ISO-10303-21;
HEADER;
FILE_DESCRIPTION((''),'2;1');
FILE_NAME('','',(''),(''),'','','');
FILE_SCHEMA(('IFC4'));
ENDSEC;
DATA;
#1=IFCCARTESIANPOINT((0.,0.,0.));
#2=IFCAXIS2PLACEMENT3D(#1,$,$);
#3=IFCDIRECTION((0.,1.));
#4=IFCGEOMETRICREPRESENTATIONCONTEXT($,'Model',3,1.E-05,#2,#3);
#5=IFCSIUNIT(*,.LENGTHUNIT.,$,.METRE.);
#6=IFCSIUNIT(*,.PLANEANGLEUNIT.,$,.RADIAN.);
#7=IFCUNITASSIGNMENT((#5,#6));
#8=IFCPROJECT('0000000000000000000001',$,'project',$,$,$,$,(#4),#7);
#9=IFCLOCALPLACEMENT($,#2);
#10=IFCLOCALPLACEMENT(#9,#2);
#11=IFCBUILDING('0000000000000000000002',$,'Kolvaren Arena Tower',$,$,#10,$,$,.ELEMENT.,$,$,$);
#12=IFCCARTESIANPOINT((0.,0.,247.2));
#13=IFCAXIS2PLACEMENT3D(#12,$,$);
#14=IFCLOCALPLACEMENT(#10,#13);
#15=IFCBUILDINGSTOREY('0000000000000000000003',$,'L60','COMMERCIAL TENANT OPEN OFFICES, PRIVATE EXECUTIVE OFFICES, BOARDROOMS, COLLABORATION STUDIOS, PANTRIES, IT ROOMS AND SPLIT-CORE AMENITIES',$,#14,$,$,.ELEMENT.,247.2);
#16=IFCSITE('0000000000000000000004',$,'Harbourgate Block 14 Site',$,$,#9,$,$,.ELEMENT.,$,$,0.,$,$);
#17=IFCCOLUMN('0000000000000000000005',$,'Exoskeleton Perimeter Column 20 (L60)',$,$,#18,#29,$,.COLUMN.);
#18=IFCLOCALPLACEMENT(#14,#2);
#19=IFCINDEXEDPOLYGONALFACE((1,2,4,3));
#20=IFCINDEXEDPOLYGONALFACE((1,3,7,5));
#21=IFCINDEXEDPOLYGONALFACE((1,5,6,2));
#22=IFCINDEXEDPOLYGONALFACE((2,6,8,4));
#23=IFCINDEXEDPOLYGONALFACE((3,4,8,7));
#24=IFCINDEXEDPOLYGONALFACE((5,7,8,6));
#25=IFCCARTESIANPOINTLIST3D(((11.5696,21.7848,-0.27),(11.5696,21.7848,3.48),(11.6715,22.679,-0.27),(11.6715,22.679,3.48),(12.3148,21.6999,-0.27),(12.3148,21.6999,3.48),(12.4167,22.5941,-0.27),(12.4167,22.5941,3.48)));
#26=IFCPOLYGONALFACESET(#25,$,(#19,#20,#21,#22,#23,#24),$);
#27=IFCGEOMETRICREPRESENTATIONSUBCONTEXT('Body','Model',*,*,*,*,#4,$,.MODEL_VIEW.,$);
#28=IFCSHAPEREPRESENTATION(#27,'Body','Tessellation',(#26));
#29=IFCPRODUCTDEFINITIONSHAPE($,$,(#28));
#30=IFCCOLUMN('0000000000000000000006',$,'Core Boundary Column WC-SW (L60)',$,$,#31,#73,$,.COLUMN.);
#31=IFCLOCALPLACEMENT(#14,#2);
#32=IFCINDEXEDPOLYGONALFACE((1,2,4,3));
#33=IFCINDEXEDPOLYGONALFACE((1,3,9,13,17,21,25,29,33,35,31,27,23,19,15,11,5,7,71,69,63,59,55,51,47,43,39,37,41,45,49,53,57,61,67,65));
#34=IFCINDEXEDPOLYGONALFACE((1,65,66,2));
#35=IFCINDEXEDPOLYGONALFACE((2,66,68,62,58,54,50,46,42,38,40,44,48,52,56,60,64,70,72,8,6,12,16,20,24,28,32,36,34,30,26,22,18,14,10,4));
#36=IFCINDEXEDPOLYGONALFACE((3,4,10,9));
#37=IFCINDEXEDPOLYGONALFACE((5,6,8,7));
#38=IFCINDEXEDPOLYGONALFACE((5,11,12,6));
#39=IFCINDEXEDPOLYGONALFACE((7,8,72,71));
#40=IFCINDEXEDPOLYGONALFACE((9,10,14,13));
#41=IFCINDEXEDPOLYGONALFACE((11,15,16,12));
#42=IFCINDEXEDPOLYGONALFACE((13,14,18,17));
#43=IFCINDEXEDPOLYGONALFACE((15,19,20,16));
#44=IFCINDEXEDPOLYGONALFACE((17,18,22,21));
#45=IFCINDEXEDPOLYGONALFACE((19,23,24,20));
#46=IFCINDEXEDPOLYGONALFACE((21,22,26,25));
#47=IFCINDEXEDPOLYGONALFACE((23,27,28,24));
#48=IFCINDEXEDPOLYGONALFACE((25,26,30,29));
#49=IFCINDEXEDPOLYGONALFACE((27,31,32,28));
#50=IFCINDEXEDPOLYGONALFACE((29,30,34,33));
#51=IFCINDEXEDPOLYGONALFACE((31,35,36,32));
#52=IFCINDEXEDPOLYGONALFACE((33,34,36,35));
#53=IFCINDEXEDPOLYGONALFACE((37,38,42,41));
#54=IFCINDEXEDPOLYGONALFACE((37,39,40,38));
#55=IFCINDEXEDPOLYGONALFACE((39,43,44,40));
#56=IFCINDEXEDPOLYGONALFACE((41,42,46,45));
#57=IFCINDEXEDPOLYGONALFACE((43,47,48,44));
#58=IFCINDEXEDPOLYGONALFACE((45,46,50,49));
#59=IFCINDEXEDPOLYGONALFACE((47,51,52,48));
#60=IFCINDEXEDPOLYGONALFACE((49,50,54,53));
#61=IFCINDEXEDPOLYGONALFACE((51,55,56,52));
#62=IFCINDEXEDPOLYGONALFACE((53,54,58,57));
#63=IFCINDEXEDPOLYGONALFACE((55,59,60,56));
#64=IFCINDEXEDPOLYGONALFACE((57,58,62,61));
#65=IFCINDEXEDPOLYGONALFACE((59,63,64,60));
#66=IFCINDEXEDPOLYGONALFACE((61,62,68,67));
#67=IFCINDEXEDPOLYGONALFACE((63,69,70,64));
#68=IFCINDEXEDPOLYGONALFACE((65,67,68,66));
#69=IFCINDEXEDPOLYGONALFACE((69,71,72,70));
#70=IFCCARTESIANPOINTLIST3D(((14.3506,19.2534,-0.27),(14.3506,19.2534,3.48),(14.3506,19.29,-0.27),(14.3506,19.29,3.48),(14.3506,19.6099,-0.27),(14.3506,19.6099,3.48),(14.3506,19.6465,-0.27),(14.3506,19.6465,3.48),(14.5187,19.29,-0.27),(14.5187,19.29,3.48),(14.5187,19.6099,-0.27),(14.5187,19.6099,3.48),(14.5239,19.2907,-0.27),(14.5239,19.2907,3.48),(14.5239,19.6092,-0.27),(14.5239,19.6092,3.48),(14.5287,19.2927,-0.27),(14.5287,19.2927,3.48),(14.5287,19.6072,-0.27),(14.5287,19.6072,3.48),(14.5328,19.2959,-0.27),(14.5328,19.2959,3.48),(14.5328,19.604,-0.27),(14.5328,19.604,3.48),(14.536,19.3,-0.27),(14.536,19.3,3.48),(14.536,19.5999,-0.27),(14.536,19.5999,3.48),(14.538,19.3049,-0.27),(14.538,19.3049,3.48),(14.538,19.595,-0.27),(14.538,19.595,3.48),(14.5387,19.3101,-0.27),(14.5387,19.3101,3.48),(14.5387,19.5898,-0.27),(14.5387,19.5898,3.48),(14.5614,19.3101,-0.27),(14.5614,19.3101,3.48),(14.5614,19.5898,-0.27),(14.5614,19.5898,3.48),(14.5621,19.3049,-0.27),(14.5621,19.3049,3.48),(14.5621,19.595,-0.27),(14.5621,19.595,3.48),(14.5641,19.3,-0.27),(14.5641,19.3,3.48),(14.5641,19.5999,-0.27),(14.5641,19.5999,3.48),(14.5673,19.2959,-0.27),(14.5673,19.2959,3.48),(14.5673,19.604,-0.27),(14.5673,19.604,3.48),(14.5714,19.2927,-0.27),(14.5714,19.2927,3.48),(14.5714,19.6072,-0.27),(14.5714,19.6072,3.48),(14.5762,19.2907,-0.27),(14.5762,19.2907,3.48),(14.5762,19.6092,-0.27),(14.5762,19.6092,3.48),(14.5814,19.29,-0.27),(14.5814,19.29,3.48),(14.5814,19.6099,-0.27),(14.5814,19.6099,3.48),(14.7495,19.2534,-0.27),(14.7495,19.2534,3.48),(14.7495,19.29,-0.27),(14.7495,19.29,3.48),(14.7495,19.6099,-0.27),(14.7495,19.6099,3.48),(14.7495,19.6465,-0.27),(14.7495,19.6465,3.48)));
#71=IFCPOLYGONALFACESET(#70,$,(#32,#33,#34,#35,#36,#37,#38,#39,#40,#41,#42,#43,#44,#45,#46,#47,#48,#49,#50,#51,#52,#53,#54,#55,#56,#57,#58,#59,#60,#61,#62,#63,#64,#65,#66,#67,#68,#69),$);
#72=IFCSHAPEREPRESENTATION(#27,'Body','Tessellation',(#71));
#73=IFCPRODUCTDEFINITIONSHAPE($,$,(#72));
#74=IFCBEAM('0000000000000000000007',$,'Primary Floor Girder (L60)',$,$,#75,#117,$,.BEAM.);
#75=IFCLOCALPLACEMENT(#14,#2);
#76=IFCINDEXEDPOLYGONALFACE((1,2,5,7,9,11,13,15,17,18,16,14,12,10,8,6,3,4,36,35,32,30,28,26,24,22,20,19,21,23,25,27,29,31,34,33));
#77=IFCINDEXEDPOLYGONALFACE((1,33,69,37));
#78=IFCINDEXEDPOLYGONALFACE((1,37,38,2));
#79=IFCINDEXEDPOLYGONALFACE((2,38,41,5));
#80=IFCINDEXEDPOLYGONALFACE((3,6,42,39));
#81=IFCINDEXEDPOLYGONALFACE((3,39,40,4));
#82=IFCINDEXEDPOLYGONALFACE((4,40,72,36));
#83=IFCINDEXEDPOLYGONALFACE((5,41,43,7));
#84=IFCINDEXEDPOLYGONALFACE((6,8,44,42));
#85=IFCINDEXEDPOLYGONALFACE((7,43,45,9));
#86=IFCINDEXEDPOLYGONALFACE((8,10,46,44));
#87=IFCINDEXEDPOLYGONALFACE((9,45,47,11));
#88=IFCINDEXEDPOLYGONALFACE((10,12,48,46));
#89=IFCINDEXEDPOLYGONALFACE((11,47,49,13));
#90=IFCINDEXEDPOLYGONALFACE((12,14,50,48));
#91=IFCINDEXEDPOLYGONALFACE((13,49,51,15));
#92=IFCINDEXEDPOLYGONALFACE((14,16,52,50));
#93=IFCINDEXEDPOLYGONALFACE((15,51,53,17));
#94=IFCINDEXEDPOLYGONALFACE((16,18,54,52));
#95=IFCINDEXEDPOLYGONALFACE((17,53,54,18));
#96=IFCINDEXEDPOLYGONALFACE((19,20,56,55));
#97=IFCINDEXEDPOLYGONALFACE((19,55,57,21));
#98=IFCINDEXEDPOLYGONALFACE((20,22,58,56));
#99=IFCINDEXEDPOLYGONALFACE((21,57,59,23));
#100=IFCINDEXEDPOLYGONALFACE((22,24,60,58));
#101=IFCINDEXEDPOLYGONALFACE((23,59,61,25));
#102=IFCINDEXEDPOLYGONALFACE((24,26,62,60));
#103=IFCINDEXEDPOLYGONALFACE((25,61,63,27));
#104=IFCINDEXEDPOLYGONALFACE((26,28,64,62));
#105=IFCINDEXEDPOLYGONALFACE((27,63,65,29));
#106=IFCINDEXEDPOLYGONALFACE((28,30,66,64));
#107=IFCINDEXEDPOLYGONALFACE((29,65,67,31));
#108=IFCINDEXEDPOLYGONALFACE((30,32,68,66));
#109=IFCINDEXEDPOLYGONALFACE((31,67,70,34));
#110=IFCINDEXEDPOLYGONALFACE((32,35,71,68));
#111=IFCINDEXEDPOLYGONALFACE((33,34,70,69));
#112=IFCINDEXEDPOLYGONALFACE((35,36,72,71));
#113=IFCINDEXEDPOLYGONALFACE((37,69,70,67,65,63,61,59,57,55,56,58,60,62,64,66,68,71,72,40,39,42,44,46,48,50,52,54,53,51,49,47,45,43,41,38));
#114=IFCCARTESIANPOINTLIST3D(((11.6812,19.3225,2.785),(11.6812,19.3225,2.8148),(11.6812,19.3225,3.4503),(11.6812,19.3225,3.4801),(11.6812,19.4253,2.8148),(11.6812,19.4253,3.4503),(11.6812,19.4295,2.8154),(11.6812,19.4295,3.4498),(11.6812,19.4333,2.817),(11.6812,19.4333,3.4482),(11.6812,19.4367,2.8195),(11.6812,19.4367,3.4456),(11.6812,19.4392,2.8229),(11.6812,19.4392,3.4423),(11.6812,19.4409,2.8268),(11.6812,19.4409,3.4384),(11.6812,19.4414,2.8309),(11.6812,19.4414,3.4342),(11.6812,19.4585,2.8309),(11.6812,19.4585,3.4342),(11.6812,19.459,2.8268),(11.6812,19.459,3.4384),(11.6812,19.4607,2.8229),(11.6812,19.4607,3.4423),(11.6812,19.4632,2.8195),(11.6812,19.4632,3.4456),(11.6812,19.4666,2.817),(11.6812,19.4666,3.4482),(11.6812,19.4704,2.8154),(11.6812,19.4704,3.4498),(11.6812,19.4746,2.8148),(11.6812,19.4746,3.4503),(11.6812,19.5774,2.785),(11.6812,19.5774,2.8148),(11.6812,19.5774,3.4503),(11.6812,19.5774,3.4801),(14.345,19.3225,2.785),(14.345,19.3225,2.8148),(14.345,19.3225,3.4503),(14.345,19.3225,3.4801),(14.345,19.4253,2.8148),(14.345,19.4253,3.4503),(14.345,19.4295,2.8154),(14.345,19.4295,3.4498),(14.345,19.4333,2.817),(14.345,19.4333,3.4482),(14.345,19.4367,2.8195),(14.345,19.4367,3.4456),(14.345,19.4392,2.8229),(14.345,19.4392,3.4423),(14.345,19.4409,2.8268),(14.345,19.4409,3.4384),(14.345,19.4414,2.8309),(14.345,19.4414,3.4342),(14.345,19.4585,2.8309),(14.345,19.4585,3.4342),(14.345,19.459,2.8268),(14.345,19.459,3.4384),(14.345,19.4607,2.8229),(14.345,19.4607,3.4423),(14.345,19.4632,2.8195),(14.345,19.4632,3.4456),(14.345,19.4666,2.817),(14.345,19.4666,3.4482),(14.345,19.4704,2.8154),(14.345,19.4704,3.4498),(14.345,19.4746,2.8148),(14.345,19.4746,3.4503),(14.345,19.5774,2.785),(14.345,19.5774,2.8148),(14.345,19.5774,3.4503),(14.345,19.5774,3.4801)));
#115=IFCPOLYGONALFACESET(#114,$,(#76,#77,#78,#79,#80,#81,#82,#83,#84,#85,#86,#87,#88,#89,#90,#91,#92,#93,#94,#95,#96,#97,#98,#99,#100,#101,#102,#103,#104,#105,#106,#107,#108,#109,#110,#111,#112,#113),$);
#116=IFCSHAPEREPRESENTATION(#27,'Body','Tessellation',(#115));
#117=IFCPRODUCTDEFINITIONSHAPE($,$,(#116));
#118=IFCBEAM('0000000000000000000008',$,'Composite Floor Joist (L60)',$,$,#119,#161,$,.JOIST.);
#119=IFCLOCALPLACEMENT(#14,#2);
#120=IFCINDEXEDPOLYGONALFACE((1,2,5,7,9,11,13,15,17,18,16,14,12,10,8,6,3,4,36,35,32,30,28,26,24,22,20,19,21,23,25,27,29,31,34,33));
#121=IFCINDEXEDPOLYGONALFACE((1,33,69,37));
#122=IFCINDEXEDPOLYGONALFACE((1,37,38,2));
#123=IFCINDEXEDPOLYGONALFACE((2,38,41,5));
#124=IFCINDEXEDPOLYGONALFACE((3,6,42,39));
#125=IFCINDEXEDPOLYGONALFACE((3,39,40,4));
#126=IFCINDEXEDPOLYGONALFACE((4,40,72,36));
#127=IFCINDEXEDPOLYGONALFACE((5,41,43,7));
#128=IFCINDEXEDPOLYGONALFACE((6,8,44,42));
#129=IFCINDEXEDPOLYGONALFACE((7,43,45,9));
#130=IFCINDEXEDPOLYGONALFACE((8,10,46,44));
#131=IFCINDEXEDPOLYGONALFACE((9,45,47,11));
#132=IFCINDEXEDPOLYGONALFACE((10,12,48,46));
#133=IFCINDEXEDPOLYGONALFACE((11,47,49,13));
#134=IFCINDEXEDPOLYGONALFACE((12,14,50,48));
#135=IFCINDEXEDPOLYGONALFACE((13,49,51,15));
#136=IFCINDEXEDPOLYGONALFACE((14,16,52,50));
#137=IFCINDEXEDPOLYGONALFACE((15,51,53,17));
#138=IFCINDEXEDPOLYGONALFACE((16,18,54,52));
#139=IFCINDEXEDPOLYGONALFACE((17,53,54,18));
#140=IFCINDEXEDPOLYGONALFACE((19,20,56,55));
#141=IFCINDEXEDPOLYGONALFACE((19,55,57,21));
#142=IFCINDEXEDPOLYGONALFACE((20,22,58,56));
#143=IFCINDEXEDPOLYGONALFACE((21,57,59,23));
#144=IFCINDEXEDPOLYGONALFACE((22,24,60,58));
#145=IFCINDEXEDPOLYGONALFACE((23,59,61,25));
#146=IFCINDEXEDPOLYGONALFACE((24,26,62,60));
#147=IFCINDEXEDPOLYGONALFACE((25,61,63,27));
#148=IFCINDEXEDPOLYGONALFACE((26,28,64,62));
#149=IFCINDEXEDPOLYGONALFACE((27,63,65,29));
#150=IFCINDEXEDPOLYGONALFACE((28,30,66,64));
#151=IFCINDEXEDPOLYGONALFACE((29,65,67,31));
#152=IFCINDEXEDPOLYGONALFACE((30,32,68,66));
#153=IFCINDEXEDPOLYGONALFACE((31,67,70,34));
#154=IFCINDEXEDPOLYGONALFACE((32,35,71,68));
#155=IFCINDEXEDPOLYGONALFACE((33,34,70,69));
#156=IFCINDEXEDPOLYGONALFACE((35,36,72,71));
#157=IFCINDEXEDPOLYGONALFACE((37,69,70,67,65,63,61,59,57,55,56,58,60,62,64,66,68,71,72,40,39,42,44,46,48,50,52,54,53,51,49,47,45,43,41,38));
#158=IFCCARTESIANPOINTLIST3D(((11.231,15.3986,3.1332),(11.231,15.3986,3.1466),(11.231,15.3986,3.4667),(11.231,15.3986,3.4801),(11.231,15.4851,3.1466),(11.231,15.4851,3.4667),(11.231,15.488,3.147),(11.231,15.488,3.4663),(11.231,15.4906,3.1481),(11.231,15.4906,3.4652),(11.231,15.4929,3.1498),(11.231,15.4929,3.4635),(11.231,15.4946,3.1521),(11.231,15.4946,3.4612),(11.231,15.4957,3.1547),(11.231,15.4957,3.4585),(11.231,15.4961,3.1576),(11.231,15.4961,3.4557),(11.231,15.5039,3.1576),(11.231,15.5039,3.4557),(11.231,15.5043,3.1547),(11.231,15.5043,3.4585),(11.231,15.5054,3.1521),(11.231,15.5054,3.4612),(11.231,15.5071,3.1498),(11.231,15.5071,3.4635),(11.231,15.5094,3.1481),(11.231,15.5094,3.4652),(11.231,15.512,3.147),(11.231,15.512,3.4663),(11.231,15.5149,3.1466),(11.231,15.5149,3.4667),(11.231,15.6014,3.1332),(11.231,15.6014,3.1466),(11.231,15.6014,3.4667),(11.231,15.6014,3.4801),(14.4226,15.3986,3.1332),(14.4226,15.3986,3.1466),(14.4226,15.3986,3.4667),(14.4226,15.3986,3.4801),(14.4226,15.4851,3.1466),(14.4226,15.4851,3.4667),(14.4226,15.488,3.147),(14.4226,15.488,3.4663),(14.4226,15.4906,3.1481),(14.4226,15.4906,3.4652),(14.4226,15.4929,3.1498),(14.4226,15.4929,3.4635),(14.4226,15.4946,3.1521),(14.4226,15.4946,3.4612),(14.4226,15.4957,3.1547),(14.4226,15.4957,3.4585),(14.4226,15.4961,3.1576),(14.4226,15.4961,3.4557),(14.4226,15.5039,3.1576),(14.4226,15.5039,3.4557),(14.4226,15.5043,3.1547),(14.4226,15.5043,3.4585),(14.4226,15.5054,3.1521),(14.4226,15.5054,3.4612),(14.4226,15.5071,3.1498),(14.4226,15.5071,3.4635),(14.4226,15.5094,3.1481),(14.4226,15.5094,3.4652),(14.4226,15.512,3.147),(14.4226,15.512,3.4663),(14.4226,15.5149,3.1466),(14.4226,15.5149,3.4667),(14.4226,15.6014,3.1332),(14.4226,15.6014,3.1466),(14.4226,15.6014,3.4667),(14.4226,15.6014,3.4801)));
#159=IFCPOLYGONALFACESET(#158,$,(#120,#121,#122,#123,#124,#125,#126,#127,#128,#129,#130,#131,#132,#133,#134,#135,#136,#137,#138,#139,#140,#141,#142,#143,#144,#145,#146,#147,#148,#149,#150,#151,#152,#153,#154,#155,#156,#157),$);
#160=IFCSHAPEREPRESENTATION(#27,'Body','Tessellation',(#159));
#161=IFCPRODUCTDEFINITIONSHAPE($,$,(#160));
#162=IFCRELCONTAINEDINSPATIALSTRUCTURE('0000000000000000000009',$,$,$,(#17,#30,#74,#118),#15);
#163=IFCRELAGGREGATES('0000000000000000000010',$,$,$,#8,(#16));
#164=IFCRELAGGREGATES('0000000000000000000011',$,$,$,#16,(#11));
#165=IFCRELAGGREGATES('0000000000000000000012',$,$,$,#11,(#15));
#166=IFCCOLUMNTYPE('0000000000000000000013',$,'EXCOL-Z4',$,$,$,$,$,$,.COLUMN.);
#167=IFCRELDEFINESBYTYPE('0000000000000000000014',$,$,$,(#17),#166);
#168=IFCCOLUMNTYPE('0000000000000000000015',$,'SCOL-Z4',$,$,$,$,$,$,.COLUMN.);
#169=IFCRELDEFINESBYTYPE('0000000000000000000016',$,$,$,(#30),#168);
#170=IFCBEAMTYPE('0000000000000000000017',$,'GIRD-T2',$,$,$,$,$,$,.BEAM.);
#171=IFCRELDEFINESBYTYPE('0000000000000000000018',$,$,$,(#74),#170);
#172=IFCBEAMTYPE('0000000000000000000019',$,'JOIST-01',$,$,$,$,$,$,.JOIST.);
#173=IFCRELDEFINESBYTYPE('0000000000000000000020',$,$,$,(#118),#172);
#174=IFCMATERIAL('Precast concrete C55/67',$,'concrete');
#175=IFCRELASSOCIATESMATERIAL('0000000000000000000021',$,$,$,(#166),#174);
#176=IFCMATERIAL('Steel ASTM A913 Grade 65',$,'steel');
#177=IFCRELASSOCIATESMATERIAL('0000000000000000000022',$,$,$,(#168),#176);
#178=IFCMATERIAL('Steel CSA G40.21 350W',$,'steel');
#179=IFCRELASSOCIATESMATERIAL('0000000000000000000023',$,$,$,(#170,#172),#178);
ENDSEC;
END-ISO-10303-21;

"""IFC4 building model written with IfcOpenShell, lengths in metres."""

from ifc_helpers import new_model, si_unit, direction, frame, origin, origin_2d, place, context, subcontext, project, spatial, rectangle, i_section, extrude, material, material_profile, profile_set, type_object, element, save


model = new_model("IFC4")

# Units and contexts
model_context = context("Model", 3, precision=1e-05, world=origin(), true_north=direction((0.0, 1.0)))
body_context = subcontext(model_context, "Body", "Model", "MODEL_VIEW")
ifc_project = project(units=[si_unit("LENGTHUNIT", "METRE"), si_unit("PLANEANGLEUNIT", "RADIAN")], contexts=[model_context])

# Site, building, storey
site_placement = place(None, origin())
site = spatial("IfcSite", under=ifc_project, at=site_placement, Name="Harbourgate Block 14 Site", CompositionType="ELEMENT", RefElevation=0.0)
building_placement = place(site_placement, origin())
building = spatial("IfcBuilding", under=site, at=building_placement, Name="Kolvaren Arena Tower", CompositionType="ELEMENT")
storey_placement = place(building_placement, frame((0.0, 0.0, 247.2)))
storey = spatial("IfcBuildingStorey", under=building, at=storey_placement, Name="L60", Description="COMMERCIAL TENANT OPEN OFFICES, PRIVATE EXECUTIVE OFFICES, BOARDROOMS, COLLABORATION STUDIOS, PANTRIES, IT ROOMS AND SPLIT-CORE AMENITIES", CompositionType="ELEMENT", Elevation=247.2)

# Columns
ifc_material_1 = material(Name="Precast concrete C55/67", Category="concrete")
ifc_material_profile_1 = material_profile(ifc_material_1, rectangle(XDim=0.8999, YDim=0.75, at=origin_2d()), Name="RC-900x750")
ifc_profile_set_1 = profile_set([ifc_material_profile_1], Name="Precast concrete C55/67")
column_type_1 = type_object("IfcColumnType", Name="EXCOL-Z4", PredefinedType="COLUMN", material=ifc_profile_set_1)
column_1_placement = place(storey_placement, frame((11.9932, 22.1895, -0.27), z_axis=(0.0, 0.0, 1.0), x_axis=(0.113203, 0.993572, 0.0)))
element("IfcColumn", 1, at=column_1_placement, inside=storey, type_object=column_type_1, Name="Exoskeleton Perimeter Column 20 (L60)", PredefinedType="COLUMN", context=body_context, shape_type="SweptSolid", body=[
    extrude(rectangle(XDim=0.8999, YDim=0.75, at=origin_2d()), origin(), (0.0, 0.0, 1.0), 3.75),
])
ifc_material_2 = material(Name="Steel ASTM A913 Grade 65", Category="steel")
ifc_material_profile_2 = material_profile(ifc_material_2, i_section(OverallWidth=0.3989, OverallDepth=0.3931, WebThickness=0.0227, FlangeThickness=0.0366, FilletRadius=0.02, at=origin_2d()), Name="W360x287")
ifc_profile_set_2 = profile_set([ifc_material_profile_2], Name="Steel ASTM A913 Grade 65")
column_type_2 = type_object("IfcColumnType", Name="SCOL-Z4", PredefinedType="COLUMN", material=ifc_profile_set_2)
column_2_placement = place(storey_placement, frame((14.55, 19.45, -0.27), z_axis=(0.0, 0.0, 1.0), x_axis=(1.0, 0.0, 0.0)))
element("IfcColumn", 2, at=column_2_placement, inside=storey, type_object=column_type_2, Name="Core Boundary Column WC-SW (L60)", PredefinedType="COLUMN", context=body_context, shape_type="SweptSolid", body=[
    extrude(i_section(OverallWidth=0.3989, OverallDepth=0.3931, WebThickness=0.0227, FlangeThickness=0.0366, FilletRadius=0.02, at=origin_2d()), origin(), (0.0, 0.0, 1.0), 3.75),
])

# Beams
ifc_material_3 = material(Name="Steel CSA G40.21 350W", Category="steel")
ifc_material_profile_3 = material_profile(ifc_material_3, i_section(OverallWidth=0.2549, OverallDepth=0.6951, WebThickness=0.0171, FlangeThickness=0.0298, FilletRadius=0.0161, at=origin_2d()), Name="W690x217")
ifc_profile_set_3 = profile_set([ifc_material_profile_3], Name="Steel CSA G40.21 350W")
beam_type_1 = type_object("IfcBeamType", Name="GIRD-T2", PredefinedType="BEAM", material=ifc_profile_set_3)
beam_1_placement = place(storey_placement, frame((11.6812, 19.45, 3.1326), z_axis=(1.0, 0.0, 0.0), x_axis=(0.0, 1.0, 0.0)))
element("IfcBeam", 3, at=beam_1_placement, inside=storey, type_object=beam_type_1, Name="Primary Floor Girder (L60)", PredefinedType="BEAM", context=body_context, shape_type="SweptSolid", body=[
    extrude(i_section(OverallWidth=0.2549, OverallDepth=0.6951, WebThickness=0.0171, FlangeThickness=0.0298, FilletRadius=0.0161, at=origin_2d()), origin(), (0.0, 0.0, 1.0), 2.6638),
])
ifc_material_profile_4 = material_profile(ifc_material_3, i_section(OverallWidth=0.2029, OverallDepth=0.3469, WebThickness=0.0078, FlangeThickness=0.0134, FilletRadius=0.011, at=origin_2d()), Name="W360x64")
ifc_profile_set_4 = profile_set([ifc_material_profile_4], Name="Steel CSA G40.21 350W")
beam_type_2 = type_object("IfcBeamType", Name="JOIST-01", PredefinedType="JOIST", material=ifc_profile_set_4)
beam_2_placement = place(storey_placement, frame((11.231, 15.5, 3.3066), z_axis=(1.0, 0.0, 0.0), x_axis=(0.0, 1.0, 0.0)))
element("IfcBeam", 4, at=beam_2_placement, inside=storey, type_object=beam_type_2, Name="Composite Floor Joist (L60)", PredefinedType="JOIST", context=body_context, shape_type="SweptSolid", body=[
    extrude(i_section(OverallWidth=0.2029, OverallDepth=0.3469, WebThickness=0.0078, FlangeThickness=0.0134, FilletRadius=0.011, at=origin_2d()), origin(), (0.0, 0.0, 1.0), 3.1917),
])

save(model, "model.ifc")
